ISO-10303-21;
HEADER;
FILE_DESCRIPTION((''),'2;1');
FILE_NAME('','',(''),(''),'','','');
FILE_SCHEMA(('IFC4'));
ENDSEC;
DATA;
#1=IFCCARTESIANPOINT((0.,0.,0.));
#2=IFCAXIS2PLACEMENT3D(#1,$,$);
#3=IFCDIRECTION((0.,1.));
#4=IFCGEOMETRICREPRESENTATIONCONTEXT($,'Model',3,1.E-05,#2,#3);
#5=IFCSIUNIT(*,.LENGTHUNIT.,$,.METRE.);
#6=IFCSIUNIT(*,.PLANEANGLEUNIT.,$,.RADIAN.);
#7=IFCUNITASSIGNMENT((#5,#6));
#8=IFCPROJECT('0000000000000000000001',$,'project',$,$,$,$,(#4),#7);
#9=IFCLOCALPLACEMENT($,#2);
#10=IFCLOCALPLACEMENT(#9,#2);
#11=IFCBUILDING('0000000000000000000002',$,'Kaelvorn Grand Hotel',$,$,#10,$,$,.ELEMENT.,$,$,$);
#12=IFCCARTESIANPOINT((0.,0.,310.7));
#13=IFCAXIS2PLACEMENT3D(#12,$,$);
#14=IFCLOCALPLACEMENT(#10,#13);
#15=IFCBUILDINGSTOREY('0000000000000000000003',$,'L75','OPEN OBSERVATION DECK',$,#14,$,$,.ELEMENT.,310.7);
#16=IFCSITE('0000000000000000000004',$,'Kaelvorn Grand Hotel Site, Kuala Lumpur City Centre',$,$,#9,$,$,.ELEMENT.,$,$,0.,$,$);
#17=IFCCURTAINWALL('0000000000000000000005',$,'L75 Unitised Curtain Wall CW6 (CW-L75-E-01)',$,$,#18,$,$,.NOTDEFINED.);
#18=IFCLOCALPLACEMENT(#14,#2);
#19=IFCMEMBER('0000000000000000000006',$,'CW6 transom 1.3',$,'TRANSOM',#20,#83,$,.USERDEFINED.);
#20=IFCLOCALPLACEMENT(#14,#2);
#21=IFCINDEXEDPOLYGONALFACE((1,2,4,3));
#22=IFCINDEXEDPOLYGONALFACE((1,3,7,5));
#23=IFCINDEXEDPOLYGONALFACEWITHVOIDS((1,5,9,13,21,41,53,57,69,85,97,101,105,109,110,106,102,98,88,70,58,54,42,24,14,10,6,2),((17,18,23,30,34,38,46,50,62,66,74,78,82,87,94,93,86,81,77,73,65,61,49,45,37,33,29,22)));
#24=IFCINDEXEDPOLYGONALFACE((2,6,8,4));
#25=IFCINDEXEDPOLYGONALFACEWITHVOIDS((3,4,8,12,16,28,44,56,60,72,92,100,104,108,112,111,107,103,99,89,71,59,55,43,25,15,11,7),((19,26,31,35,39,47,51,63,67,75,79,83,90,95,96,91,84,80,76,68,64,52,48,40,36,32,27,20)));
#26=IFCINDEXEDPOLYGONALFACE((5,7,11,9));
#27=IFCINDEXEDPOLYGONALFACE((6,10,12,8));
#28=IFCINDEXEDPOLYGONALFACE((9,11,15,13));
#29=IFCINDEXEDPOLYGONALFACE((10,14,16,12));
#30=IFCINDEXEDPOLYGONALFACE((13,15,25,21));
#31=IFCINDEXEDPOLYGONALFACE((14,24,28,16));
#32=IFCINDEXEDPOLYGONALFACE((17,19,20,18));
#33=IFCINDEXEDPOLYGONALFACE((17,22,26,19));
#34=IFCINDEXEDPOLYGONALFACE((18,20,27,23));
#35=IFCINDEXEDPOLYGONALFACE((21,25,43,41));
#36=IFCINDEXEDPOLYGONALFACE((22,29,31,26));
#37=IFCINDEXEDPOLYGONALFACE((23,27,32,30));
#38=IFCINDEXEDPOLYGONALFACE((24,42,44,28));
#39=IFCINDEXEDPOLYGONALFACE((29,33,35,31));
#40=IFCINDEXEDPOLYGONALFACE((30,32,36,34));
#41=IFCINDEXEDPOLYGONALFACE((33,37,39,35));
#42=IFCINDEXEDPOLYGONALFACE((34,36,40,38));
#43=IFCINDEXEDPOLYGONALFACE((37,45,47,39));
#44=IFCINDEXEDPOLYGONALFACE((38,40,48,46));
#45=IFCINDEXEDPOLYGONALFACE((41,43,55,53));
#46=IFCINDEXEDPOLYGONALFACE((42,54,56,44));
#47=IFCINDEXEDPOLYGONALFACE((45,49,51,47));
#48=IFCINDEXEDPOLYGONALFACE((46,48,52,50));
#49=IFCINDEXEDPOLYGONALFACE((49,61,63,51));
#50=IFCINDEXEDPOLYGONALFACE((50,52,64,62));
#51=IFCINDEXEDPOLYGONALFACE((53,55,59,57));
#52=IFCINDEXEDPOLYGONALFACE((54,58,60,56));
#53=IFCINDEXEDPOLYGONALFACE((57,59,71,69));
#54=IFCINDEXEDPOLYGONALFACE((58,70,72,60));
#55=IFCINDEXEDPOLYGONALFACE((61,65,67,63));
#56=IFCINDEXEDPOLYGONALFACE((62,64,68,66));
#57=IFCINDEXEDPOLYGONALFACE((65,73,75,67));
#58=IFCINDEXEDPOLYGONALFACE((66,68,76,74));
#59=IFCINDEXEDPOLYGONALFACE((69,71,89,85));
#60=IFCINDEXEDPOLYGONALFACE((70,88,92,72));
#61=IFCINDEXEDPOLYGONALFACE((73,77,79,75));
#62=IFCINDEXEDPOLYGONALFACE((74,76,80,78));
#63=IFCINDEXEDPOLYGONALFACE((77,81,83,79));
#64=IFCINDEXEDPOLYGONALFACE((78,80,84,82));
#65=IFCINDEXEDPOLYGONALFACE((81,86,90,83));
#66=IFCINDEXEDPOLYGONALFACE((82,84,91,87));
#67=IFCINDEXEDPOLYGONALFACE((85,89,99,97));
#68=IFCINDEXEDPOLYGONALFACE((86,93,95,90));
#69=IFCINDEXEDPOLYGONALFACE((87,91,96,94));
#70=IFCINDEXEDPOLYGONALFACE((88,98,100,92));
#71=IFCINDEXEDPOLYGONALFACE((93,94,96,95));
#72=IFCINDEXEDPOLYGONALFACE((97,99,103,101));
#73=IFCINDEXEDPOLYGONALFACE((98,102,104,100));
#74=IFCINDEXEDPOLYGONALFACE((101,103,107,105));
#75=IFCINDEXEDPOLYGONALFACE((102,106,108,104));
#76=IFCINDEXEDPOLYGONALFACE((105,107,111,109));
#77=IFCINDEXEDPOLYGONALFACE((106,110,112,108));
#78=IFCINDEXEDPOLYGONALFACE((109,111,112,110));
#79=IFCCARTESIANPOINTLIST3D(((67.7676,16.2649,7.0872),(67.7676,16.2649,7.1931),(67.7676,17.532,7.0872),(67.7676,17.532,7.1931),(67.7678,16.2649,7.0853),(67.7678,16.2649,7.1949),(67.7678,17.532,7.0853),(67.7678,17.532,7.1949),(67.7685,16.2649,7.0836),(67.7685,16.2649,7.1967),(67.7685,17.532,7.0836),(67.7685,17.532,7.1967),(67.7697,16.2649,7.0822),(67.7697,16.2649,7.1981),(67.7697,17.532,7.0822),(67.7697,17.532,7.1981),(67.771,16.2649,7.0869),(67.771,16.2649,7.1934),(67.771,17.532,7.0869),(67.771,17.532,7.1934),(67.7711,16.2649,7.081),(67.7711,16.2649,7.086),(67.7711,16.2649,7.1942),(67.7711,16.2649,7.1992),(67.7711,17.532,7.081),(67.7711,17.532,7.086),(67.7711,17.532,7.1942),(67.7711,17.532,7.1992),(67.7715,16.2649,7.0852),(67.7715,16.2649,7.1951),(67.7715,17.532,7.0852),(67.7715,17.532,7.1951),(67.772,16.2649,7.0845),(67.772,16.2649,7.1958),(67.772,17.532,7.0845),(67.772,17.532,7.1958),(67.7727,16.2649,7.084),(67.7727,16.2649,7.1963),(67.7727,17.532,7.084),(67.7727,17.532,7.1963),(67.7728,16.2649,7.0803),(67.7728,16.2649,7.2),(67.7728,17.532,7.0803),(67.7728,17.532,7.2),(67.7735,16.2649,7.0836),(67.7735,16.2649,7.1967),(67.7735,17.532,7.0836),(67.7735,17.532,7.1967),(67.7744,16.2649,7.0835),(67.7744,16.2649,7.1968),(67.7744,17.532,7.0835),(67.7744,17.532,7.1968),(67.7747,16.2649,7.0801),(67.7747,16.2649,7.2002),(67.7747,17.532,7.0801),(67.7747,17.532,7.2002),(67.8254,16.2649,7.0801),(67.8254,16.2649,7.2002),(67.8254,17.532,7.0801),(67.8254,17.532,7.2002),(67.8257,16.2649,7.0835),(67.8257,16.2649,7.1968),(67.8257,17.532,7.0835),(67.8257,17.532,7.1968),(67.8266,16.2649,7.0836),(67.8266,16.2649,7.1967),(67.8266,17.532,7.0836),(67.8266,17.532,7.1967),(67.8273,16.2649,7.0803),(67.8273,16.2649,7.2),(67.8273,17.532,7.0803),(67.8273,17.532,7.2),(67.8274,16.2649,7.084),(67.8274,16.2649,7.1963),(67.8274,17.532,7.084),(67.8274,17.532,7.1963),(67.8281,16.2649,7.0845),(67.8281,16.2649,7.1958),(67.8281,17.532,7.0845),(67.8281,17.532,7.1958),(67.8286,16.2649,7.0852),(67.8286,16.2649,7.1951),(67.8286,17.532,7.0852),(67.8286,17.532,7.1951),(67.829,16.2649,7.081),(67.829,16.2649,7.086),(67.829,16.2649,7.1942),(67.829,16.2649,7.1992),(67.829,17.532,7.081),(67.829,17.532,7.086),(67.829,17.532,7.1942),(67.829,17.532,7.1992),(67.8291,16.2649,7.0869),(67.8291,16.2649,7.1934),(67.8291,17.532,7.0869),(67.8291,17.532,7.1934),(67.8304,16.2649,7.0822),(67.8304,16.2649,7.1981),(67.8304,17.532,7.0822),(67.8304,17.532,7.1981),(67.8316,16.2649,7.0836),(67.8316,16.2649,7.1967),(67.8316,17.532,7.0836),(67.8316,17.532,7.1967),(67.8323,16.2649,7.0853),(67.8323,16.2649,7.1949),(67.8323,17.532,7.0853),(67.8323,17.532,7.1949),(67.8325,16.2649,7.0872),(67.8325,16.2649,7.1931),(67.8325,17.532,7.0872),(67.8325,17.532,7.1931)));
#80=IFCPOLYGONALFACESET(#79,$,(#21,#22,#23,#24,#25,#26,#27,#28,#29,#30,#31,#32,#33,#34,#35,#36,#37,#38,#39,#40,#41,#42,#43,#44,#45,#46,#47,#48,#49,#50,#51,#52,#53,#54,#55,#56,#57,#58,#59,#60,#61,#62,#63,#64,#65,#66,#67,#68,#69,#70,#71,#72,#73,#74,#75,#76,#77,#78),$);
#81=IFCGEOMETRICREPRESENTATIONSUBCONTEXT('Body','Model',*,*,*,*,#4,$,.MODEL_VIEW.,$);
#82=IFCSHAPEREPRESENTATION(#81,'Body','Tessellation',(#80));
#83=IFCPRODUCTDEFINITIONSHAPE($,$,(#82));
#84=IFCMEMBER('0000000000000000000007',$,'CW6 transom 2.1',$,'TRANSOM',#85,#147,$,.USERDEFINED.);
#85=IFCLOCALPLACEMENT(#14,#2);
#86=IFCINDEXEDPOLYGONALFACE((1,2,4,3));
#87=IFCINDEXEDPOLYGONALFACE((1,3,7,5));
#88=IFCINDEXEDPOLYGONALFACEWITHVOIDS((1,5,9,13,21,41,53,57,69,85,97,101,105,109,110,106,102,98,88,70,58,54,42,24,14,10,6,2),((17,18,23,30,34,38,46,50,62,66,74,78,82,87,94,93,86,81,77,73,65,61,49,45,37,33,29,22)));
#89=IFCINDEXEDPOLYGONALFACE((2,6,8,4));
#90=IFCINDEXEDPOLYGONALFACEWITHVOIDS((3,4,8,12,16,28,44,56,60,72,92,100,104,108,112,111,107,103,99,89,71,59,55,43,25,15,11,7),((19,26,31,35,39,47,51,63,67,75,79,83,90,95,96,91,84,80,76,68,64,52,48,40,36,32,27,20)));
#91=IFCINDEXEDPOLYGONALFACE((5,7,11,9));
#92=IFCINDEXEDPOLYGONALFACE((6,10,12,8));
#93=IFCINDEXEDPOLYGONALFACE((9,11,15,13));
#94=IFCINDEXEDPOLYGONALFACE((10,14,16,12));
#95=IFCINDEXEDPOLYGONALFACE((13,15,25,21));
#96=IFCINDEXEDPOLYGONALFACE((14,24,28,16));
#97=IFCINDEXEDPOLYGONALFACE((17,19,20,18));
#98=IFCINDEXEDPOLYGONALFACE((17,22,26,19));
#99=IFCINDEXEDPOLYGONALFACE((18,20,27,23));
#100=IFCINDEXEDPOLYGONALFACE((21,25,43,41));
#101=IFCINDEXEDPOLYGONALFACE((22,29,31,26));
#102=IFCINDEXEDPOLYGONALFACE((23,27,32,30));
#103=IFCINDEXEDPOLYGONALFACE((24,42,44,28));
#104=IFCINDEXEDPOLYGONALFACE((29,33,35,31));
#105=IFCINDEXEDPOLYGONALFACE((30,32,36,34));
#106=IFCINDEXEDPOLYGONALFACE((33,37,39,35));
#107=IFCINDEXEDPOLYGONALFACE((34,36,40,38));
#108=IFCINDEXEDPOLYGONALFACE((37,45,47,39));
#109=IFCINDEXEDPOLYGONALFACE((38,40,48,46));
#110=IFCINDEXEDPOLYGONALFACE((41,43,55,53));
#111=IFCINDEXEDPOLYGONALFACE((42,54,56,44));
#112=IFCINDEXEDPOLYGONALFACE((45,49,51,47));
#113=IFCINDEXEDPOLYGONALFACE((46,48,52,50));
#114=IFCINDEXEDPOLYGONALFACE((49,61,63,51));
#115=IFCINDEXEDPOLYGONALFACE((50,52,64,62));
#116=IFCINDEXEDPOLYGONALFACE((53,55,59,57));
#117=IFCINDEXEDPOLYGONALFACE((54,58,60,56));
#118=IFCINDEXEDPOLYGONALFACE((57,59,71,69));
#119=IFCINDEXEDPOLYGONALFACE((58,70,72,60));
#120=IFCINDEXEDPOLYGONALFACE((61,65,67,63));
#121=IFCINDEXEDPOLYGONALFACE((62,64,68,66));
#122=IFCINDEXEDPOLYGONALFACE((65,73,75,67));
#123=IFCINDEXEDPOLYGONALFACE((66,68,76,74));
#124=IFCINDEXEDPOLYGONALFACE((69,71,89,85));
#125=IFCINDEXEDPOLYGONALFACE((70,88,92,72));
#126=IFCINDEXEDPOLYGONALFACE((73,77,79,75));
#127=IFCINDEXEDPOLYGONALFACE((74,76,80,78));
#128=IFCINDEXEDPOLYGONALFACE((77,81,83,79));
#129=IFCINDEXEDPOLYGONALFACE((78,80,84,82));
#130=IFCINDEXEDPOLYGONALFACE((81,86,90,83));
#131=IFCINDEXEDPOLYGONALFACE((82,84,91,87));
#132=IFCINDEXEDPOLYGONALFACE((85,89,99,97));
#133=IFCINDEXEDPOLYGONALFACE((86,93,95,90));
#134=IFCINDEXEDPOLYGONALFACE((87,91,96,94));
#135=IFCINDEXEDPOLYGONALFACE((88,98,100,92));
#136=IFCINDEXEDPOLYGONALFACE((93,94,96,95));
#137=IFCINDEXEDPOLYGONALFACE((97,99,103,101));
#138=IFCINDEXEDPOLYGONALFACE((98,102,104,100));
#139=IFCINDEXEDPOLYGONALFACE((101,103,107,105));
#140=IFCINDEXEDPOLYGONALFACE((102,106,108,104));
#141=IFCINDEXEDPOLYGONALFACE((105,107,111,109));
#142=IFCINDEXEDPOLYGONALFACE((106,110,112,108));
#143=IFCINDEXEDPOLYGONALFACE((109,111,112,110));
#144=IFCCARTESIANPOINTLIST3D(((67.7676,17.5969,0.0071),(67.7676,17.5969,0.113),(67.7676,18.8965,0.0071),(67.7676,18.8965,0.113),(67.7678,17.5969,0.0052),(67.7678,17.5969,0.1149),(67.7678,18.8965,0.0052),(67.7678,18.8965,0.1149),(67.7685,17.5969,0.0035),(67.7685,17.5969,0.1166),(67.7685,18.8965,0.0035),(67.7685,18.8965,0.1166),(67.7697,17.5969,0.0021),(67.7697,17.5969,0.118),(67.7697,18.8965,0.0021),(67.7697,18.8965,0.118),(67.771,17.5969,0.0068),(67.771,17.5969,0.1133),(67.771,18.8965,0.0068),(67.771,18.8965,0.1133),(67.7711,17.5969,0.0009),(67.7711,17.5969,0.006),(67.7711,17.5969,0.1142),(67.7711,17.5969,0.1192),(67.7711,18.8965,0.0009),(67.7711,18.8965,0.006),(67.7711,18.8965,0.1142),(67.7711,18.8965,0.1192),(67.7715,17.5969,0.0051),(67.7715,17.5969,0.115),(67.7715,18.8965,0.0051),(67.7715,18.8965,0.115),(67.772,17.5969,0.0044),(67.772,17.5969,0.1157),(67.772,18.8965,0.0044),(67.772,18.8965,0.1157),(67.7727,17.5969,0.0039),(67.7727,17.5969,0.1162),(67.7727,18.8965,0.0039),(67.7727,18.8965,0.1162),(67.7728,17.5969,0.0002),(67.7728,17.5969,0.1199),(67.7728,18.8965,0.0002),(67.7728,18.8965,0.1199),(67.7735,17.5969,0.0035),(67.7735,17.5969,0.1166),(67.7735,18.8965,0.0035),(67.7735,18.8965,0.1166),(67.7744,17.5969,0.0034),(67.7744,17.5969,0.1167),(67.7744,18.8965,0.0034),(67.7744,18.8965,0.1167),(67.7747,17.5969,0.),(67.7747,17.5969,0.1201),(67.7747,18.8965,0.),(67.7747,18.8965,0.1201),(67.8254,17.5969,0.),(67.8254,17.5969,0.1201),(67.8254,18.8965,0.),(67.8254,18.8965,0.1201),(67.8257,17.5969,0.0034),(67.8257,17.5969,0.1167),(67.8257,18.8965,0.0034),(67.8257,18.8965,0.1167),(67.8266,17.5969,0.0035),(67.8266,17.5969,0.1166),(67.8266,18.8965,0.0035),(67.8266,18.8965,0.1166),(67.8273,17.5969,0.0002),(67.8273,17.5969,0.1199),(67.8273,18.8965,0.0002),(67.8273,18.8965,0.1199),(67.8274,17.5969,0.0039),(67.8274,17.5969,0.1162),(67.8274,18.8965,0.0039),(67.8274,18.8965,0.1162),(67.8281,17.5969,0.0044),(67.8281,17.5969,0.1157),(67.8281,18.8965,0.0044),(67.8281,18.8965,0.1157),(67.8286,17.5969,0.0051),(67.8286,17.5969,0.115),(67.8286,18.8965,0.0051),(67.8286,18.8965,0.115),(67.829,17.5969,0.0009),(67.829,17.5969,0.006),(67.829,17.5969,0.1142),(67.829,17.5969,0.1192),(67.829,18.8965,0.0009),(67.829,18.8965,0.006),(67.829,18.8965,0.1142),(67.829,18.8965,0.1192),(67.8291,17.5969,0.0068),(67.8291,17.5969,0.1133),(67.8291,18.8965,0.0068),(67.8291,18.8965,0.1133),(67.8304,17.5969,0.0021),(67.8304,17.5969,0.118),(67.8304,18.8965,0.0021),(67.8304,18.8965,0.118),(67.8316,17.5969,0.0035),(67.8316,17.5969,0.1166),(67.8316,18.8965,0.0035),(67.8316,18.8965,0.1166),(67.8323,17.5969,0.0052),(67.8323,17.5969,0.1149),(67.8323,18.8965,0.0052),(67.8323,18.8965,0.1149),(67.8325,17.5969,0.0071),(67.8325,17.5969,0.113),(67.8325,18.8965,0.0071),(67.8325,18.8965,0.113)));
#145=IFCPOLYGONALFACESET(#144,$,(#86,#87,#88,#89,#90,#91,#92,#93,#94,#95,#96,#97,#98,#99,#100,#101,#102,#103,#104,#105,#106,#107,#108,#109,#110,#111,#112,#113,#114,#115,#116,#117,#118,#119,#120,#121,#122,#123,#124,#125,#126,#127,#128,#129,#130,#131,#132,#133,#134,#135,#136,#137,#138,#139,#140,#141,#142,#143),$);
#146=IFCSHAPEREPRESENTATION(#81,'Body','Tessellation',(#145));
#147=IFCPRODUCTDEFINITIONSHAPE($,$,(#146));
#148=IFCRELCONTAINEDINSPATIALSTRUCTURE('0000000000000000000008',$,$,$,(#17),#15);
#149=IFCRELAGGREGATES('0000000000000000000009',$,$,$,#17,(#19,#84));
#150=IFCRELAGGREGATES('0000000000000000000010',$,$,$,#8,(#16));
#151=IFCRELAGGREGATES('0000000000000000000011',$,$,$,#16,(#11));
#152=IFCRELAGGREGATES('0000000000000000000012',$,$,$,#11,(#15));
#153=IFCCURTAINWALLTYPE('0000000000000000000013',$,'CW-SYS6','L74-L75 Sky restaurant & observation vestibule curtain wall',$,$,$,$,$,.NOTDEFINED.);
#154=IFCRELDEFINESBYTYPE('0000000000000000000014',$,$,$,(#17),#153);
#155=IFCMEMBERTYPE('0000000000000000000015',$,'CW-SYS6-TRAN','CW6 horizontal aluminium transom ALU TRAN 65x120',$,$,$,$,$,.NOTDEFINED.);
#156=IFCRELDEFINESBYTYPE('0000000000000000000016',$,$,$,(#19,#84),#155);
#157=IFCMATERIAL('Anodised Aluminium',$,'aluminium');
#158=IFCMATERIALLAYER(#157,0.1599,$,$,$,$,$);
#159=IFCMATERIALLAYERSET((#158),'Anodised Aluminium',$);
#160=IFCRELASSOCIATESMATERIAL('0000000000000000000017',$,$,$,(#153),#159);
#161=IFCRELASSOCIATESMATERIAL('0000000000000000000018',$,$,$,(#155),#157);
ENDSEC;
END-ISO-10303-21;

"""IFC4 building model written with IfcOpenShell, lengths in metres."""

from ifc_helpers import new_model, si_unit, direction, frame, origin, origin_2d, place, context, subcontext, project, spatial, hollow_rectangle, extrude, material, layer, layer_set, material_profile, profile_set, type_object, element, aggregate, save


model = new_model("IFC4")

# Units and contexts
model_context = context("Model", 3, precision=1e-05, world=origin(), true_north=direction((0.0, 1.0)))
body_context = subcontext(model_context, "Body", "Model", "MODEL_VIEW")
ifc_project = project(units=[si_unit("LENGTHUNIT", "METRE"), si_unit("PLANEANGLEUNIT", "RADIAN")], contexts=[model_context])

# Site, building, storey
site_placement = place(None, origin())
site = spatial("IfcSite", under=ifc_project, at=site_placement, Name="Kaelvorn Grand Hotel Site, Kuala Lumpur City Centre", CompositionType="ELEMENT", RefElevation=0.0)
building_placement = place(site_placement, origin())
building = spatial("IfcBuilding", under=site, at=building_placement, Name="Kaelvorn Grand Hotel", CompositionType="ELEMENT")
storey_placement = place(building_placement, frame((0.0, 0.0, 310.7)))
storey = spatial("IfcBuildingStorey", under=building, at=storey_placement, Name="L75", Description="OPEN OBSERVATION DECK", CompositionType="ELEMENT", Elevation=310.7)

# Curtain wall, members
ifc_material_1 = material(Name="Anodised Aluminium", Category="aluminium")
ifc_layer_1 = layer(ifc_material_1, 0.1599)
ifc_layer_set_1 = layer_set([ifc_layer_1], Name="Anodised Aluminium")
curtain_wall_type = type_object("IfcCurtainWallType", Name="CW-SYS6", Description="L74-L75 Sky restaurant & observation vestibule curtain wall", PredefinedType="NOTDEFINED", material=ifc_layer_set_1)
curtain_wall_placement = place(storey_placement, origin())
curtain_wall = element("IfcCurtainWall", 1, at=curtain_wall_placement, inside=storey, type_object=curtain_wall_type, Name="L75 Unitised Curtain Wall CW6 (CW-L75-E-01)", PredefinedType="NOTDEFINED")
ifc_material_profile_1 = material_profile(ifc_material_1, hollow_rectangle(XDim=0.0649, YDim=0.1201, WallThickness=0.0034, InnerFilletRadius=0.0034, OuterFilletRadius=0.0071, at=origin_2d()), Name="ALU TRAN 65x120")
ifc_profile_set_1 = profile_set([ifc_material_profile_1], Name="Anodised Aluminium")
member_type_1 = type_object("IfcMemberType", Name="CW-SYS6-TRAN", Description="CW6 horizontal aluminium transom ALU TRAN 65x120", PredefinedType="NOTDEFINED", material=ifc_profile_set_1)
member_1_placement = place(storey_placement, frame((67.8, 16.2649, 7.1401), z_axis=(0.0, 1.0, 0.0), x_axis=(-1.0, 0.0, 0.0)))
member_1 = element("IfcMember", 2, at=member_1_placement, type_object=member_type_1, Name="CW6 transom 1.3", ObjectType="TRANSOM", PredefinedType="USERDEFINED", context=body_context, shape_type="SweptSolid", body=[
    extrude(hollow_rectangle(XDim=0.0649, YDim=0.1201, WallThickness=0.0034, InnerFilletRadius=0.0034, OuterFilletRadius=0.0071, at=origin_2d()), origin(), (0.0, 0.0, 1.0), 1.2671),
])
member_2_placement = place(storey_placement, frame((67.8, 17.5969, 0.0601), z_axis=(0.0, 1.0, 0.0), x_axis=(-1.0, 0.0, 0.0)))
member_2 = element("IfcMember", 3, at=member_2_placement, type_object=member_type_1, Name="CW6 transom 2.1", ObjectType="TRANSOM", PredefinedType="USERDEFINED", context=body_context, shape_type="SweptSolid", body=[
    extrude(hollow_rectangle(XDim=0.0649, YDim=0.1201, WallThickness=0.0034, InnerFilletRadius=0.0034, OuterFilletRadius=0.0071, at=origin_2d()), origin(), (0.0, 0.0, 1.0), 1.2996),
])

aggregate(curtain_wall, [member_1, member_2])

save(model, "model.ifc")
